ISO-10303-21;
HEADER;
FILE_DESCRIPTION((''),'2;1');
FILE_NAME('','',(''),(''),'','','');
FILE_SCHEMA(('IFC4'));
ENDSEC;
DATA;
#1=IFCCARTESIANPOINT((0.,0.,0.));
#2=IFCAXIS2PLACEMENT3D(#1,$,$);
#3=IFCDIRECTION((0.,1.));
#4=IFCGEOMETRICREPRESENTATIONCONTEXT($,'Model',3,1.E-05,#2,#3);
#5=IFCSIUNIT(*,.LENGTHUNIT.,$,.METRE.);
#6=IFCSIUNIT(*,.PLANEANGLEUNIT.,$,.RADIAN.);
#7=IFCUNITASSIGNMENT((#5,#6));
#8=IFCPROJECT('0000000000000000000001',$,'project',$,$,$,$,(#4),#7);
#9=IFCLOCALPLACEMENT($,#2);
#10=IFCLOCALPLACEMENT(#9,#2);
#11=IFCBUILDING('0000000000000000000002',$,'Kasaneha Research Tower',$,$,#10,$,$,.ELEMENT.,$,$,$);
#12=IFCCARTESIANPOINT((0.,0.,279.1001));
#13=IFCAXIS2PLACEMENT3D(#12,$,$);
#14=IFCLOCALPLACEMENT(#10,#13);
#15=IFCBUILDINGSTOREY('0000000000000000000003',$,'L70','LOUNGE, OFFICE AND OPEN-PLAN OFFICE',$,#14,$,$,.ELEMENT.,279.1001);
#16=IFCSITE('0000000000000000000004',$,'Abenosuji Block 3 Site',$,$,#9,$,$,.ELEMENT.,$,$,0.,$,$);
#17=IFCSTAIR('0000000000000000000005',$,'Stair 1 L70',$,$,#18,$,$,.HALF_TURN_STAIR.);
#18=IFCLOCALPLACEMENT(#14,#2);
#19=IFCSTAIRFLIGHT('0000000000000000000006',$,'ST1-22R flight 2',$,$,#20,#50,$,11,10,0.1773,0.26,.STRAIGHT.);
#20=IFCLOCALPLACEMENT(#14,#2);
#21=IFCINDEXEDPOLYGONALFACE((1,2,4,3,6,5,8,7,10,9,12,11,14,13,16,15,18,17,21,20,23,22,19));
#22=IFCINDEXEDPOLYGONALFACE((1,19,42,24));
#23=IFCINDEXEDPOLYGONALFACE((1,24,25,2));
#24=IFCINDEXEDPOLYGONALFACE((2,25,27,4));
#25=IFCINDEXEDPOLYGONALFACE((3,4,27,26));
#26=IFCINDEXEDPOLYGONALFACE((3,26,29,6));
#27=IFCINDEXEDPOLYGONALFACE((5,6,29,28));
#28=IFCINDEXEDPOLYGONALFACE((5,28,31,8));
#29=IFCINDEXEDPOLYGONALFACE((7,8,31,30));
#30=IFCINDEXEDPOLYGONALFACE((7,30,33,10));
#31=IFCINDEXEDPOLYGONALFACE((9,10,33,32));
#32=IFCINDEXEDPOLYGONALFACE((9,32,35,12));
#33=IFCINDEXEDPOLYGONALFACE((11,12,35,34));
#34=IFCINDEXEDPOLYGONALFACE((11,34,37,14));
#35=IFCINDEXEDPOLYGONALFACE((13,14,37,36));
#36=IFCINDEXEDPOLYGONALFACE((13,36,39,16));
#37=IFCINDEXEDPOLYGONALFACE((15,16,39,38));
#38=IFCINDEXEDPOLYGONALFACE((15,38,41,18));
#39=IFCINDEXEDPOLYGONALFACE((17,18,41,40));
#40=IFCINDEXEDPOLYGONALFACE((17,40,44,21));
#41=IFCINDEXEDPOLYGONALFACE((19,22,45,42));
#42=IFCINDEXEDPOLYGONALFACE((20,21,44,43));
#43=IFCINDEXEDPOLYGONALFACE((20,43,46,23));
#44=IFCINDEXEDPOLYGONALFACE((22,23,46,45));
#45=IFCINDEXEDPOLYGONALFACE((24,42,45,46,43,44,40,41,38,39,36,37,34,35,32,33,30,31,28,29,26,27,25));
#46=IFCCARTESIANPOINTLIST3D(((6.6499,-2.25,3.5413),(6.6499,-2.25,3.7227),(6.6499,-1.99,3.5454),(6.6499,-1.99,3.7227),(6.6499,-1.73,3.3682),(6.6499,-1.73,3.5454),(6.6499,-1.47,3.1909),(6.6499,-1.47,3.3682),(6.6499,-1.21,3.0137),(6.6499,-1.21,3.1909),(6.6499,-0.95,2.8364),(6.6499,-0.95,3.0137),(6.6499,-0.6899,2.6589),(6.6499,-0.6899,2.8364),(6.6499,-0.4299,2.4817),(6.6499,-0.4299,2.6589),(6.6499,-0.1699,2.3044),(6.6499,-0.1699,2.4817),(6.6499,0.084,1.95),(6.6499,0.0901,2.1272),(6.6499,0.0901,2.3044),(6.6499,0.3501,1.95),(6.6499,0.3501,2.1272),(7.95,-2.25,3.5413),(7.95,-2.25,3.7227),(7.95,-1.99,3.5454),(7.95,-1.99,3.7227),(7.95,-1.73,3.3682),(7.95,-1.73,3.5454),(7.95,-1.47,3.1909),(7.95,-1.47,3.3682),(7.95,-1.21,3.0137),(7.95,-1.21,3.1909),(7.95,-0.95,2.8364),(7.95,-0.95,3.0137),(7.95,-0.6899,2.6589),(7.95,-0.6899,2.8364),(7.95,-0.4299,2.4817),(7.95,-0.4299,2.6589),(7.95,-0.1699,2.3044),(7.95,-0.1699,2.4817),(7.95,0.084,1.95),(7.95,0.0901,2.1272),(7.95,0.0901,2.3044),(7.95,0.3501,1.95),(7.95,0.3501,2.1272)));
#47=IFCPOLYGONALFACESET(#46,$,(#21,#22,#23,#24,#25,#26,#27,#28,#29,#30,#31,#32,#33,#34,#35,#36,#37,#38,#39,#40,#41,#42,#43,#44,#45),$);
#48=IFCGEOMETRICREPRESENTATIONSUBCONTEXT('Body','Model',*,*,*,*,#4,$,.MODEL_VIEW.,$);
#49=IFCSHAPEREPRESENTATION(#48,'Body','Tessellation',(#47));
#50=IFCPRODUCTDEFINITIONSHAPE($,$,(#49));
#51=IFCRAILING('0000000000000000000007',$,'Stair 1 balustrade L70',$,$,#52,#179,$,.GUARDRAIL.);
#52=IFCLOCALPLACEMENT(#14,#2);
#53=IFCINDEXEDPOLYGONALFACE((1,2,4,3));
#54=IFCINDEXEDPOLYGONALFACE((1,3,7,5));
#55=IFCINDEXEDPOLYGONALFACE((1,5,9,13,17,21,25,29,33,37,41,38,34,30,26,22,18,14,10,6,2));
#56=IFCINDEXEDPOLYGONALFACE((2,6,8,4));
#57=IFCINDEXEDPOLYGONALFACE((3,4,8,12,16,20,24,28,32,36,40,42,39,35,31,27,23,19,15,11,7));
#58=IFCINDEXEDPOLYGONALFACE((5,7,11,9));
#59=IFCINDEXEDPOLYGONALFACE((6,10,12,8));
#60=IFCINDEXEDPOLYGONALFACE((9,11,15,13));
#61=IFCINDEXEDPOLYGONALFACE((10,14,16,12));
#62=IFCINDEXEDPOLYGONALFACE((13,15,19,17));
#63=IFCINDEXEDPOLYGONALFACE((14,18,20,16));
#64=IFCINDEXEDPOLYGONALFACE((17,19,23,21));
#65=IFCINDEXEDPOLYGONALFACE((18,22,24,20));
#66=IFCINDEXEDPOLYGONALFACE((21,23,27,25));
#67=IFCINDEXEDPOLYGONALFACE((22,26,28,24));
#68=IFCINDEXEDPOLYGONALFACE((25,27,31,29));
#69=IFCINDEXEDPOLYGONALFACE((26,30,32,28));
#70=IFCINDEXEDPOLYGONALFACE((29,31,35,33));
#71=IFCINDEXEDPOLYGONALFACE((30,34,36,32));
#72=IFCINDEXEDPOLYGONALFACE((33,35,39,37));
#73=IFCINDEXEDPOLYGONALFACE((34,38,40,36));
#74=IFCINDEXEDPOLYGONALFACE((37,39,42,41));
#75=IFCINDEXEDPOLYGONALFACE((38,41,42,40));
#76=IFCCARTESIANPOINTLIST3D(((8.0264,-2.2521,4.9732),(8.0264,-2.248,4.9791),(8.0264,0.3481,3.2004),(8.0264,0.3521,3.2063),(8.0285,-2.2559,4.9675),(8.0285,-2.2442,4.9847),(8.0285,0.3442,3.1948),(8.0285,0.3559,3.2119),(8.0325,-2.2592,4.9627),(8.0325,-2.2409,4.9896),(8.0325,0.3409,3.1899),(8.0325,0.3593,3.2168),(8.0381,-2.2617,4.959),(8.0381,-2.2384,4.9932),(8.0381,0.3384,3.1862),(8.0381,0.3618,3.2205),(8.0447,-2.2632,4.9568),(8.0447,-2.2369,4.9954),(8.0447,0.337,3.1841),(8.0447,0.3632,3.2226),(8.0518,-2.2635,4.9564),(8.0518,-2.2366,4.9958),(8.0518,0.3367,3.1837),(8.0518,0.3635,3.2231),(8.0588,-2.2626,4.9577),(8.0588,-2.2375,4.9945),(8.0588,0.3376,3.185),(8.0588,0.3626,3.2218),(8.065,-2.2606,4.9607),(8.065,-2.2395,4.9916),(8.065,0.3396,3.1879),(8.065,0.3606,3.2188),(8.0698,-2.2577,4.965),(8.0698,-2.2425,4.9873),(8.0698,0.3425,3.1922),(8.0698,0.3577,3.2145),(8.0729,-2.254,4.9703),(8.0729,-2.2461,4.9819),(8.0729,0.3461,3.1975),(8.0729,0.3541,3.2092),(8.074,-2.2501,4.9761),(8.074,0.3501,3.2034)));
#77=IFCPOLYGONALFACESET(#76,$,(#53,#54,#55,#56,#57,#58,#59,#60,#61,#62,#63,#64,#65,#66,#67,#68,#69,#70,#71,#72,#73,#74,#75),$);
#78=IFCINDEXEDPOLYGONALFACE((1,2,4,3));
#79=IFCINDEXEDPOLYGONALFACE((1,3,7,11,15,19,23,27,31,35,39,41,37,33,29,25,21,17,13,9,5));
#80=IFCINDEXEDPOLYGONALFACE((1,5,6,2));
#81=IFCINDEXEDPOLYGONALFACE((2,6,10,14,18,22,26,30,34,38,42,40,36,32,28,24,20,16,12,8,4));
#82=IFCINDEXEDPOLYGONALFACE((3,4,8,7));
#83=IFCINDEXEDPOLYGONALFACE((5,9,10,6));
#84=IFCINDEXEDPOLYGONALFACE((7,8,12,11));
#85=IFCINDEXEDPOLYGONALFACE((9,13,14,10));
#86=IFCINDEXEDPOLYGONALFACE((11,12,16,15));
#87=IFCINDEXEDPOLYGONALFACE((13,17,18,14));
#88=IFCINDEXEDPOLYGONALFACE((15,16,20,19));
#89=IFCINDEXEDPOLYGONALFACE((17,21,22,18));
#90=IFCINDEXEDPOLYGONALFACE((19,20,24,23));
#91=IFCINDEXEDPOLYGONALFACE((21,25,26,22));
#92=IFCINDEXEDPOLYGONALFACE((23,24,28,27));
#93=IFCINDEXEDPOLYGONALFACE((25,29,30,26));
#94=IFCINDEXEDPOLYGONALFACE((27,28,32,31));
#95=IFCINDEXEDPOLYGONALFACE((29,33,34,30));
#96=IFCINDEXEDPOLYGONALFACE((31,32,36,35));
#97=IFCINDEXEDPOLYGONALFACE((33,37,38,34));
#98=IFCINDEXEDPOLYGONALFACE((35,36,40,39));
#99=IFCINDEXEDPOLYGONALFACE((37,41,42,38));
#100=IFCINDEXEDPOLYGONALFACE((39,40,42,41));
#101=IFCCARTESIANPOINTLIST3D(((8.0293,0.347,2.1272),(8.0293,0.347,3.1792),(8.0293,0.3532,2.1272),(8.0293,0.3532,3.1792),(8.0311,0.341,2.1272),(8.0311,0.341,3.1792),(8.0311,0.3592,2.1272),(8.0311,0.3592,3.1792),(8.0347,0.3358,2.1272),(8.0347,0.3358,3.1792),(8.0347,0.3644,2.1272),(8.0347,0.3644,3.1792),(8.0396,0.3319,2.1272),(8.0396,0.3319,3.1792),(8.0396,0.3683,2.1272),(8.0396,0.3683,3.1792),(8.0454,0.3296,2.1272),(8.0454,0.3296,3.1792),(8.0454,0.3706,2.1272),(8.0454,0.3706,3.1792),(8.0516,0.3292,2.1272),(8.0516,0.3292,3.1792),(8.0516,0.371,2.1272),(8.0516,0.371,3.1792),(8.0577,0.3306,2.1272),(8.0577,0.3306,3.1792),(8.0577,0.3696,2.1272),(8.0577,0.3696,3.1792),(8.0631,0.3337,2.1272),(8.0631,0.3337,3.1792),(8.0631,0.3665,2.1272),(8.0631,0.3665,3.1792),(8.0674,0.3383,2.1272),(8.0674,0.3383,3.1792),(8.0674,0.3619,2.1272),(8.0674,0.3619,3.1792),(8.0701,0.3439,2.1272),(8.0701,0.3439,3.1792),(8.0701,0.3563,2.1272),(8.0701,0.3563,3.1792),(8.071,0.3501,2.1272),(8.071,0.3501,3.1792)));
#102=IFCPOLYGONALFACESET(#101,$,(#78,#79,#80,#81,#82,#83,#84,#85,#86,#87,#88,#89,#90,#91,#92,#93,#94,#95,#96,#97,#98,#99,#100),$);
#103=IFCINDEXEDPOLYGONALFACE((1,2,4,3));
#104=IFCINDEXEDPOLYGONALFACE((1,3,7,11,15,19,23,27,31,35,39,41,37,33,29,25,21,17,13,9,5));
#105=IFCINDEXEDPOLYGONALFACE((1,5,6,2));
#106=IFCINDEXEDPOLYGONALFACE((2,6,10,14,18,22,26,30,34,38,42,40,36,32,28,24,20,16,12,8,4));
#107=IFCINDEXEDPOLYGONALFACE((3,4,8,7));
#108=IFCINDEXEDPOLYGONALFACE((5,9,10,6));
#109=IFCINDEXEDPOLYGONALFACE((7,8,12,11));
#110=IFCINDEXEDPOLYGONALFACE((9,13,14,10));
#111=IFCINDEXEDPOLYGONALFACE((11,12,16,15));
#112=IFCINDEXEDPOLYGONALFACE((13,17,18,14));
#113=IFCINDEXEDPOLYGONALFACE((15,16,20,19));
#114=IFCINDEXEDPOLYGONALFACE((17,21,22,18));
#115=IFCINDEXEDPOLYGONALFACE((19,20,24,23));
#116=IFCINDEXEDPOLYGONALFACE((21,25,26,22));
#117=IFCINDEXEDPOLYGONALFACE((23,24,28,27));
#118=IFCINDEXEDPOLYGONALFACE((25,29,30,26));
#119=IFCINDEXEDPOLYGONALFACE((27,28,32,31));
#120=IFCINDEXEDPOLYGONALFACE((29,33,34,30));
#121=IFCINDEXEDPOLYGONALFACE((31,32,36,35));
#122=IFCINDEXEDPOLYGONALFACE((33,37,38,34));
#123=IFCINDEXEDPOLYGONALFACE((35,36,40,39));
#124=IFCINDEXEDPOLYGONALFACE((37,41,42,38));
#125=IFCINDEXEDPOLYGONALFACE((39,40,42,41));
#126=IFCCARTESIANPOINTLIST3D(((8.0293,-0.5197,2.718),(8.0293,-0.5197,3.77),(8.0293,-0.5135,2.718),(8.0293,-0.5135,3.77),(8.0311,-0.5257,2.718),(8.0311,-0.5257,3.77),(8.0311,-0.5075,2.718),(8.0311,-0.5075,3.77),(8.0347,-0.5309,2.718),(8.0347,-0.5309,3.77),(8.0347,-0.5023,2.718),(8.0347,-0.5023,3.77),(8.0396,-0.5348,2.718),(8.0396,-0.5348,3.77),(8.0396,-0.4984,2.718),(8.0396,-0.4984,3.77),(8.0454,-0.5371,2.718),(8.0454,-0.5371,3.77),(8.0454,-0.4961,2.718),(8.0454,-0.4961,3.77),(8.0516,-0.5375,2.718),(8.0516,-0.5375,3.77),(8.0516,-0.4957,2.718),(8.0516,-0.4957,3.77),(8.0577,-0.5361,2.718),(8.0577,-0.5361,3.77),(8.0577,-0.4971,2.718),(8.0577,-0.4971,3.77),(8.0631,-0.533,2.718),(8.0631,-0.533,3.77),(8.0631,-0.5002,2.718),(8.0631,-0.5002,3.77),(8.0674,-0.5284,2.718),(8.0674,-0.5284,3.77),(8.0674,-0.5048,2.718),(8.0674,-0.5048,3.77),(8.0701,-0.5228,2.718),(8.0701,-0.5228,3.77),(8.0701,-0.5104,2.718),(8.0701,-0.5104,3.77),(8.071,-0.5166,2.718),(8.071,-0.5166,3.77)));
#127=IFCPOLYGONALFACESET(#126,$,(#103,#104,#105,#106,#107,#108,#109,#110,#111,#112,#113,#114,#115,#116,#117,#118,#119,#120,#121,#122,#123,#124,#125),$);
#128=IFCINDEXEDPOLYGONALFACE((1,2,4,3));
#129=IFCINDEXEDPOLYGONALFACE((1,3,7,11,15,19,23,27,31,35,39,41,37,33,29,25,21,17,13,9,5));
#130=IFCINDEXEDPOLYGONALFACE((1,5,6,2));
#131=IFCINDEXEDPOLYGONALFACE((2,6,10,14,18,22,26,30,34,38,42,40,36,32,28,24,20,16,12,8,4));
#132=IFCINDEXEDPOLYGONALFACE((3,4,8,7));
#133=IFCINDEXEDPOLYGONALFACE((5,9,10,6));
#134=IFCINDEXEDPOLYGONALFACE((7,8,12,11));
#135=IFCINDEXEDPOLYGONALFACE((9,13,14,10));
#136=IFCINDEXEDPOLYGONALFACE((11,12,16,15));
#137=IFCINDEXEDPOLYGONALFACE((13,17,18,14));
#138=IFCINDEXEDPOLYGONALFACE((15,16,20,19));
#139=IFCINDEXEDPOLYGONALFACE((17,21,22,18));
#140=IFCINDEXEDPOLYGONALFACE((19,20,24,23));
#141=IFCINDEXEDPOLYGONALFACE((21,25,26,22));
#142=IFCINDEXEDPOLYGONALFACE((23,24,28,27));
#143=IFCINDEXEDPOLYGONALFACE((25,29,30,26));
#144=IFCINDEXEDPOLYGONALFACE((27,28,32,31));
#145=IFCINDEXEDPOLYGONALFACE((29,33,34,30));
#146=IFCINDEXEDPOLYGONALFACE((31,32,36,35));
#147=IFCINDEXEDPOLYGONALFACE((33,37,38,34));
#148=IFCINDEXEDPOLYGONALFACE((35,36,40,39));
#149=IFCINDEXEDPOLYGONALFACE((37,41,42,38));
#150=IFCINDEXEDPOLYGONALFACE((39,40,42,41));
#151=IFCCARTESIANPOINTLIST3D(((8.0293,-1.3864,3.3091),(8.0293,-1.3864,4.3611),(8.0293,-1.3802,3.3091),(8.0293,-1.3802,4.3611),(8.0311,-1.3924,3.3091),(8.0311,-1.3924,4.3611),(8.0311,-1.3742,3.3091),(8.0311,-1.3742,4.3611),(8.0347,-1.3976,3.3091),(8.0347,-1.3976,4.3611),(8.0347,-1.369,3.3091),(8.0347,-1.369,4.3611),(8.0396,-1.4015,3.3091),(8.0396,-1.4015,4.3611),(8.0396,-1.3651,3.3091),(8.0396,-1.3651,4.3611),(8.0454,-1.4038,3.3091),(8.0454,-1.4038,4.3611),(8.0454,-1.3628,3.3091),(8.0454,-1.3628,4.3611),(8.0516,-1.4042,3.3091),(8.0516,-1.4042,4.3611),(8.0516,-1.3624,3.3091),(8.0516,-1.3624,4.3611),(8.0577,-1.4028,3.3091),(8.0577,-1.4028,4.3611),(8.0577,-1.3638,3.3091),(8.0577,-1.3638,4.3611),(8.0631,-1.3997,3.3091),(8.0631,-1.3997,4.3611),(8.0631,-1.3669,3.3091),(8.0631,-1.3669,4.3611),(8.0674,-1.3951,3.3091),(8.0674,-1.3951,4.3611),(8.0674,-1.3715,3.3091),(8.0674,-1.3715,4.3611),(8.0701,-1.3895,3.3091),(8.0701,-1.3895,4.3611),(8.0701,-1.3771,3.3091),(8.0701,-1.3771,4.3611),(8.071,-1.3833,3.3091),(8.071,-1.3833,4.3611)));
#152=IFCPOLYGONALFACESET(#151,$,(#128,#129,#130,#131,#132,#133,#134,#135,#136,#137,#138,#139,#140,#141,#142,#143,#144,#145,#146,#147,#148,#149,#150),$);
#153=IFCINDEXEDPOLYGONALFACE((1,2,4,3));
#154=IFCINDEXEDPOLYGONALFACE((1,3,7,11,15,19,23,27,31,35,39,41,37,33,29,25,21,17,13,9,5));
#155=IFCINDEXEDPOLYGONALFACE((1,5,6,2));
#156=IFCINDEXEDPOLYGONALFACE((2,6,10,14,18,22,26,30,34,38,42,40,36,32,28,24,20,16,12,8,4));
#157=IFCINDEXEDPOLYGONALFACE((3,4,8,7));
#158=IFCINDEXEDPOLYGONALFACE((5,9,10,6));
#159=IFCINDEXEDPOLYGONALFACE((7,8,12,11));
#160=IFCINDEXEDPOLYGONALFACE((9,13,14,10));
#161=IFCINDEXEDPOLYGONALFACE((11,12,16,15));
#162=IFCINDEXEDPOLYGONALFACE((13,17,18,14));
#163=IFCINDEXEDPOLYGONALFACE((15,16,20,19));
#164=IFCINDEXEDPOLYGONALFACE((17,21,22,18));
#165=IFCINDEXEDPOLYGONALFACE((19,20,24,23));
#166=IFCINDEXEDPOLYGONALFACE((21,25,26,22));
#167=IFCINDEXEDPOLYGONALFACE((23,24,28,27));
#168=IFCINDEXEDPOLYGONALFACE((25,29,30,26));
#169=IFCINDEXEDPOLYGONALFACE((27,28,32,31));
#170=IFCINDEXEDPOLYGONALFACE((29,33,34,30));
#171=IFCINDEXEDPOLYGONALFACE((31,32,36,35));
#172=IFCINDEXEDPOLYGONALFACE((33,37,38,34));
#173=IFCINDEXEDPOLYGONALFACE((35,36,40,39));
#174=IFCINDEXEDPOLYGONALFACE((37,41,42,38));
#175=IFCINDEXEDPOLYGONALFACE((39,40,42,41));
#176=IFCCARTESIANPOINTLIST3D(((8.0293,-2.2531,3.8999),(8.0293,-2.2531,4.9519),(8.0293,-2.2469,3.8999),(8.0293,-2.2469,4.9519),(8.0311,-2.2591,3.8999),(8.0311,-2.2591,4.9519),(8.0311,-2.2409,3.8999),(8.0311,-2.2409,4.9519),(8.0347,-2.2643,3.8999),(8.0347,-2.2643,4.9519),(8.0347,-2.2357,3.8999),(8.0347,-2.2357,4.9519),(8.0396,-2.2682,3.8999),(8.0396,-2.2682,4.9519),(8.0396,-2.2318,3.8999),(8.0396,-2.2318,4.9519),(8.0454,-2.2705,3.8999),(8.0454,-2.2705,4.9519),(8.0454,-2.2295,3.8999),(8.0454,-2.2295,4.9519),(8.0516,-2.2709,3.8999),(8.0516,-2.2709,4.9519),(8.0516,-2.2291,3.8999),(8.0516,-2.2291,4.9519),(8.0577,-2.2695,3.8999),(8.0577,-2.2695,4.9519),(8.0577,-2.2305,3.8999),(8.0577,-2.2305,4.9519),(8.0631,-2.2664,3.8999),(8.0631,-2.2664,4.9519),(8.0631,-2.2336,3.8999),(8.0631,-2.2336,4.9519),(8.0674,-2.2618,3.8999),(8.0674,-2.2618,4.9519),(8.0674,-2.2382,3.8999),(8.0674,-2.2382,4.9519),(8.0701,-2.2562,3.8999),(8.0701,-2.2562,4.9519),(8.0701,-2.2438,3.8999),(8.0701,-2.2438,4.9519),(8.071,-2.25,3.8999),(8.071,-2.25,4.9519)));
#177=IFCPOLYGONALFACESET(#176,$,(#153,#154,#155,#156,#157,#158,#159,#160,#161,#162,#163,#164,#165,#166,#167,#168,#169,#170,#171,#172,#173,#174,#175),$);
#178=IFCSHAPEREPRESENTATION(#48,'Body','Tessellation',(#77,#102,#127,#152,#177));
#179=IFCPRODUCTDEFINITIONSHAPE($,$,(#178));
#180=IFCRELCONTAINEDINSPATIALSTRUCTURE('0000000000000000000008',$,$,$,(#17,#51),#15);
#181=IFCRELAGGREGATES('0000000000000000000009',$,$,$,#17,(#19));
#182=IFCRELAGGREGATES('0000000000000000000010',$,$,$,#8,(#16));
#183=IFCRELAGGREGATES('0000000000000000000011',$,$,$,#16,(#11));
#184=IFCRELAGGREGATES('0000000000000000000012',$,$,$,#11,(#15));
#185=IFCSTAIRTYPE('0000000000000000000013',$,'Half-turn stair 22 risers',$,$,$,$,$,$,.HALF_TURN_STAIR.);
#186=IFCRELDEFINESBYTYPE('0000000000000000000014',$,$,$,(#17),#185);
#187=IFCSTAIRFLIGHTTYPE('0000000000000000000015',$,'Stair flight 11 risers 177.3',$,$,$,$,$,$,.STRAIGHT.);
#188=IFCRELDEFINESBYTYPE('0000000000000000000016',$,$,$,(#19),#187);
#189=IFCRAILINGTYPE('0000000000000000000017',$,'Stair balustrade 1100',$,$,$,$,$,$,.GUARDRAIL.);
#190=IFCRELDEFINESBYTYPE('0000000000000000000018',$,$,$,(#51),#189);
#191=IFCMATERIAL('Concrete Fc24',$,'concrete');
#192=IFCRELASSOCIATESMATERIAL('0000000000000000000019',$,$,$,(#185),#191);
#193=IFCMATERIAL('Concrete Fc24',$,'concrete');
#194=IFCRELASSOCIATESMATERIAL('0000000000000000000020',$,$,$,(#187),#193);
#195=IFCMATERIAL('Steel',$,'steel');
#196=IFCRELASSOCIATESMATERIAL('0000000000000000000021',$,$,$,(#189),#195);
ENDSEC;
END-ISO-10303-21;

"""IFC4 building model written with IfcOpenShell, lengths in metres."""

from ifc_helpers import new_model, si_unit, direction, frame, origin, origin_2d, place, context, subcontext, project, spatial, polyline, circle, outline, extrude, material, type_object, element, aggregate, save


model = new_model("IFC4")

# Units and contexts
model_context = context("Model", 3, precision=1e-05, world=origin(), true_north=direction((0.0, 1.0)))
body_context = subcontext(model_context, "Body", "Model", "MODEL_VIEW")
ifc_project = project(units=[si_unit("LENGTHUNIT", "METRE"), si_unit("PLANEANGLEUNIT", "RADIAN")], contexts=[model_context])

# Site, building, storey
site_placement = place(None, origin())
site = spatial("IfcSite", under=ifc_project, at=site_placement, Name="Abenosuji Block 3 Site", CompositionType="ELEMENT", RefElevation=0.0)
building_placement = place(site_placement, origin())
building = spatial("IfcBuilding", under=site, at=building_placement, Name="Kasaneha Research Tower", CompositionType="ELEMENT")
storey_placement = place(building_placement, frame((0.0, 0.0, 279.1001)))
storey = spatial("IfcBuildingStorey", under=building, at=storey_placement, Name="L70", Description="LOUNGE, OFFICE AND OPEN-PLAN OFFICE", CompositionType="ELEMENT", Elevation=279.1001)

# Shared definitions
ifc_material_1 = material(Name="Concrete Fc24", Category="concrete")
stair_type = type_object("IfcStairType", Name="Half-turn stair 22 risers", PredefinedType="HALF_TURN_STAIR", material=ifc_material_1)

# Stair, stair flight
stair_1_placement = place(storey_placement, origin())
stair_1 = element("IfcStair", 1, at=stair_1_placement, inside=storey, type_object=stair_type, Name="Stair 1 L70", PredefinedType="HALF_TURN_STAIR")
ifc_material_2 = material(Name="Concrete Fc24", Category="concrete")
stair_flight_type = type_object("IfcStairFlightType", Name="Stair flight 11 risers 177.3", PredefinedType="STRAIGHT", material=ifc_material_2)
stair_flight_placement = place(storey_placement, frame((7.3, 0.3501, 1.95), z_axis=(0.0, 0.0, 1.0), x_axis=(0.0, -1.0, 0.0)))
stair_flight = element("IfcStairFlight", 2, at=stair_flight_placement, type_object=stair_flight_type, Name="ST1-22R flight 2", NumberOfRisers=11, NumberOfTreads=10, PredefinedType="STRAIGHT", RiserHeight=0.1773, TreadLength=0.26, context=body_context, shape_type="SweptSolid", body=[
    extrude(outline(polyline([(0.0, 0.0), (0.0, 0.1772), (0.26, 0.1772), (0.26, 0.3545), (0.52, 0.3545), (0.52, 0.5317), (0.78, 0.5317), (0.78, 0.709), (1.04, 0.709), (1.04, 0.8865), (1.3, 0.8865), (1.3, 1.0637), (1.5601, 1.0637), (1.5601, 1.241), (1.8201, 1.241), (1.8201, 1.4182), (2.0801, 1.4182), (2.0801, 1.5955), (2.3401, 1.5955), (2.3401, 1.7727), (2.6001, 1.7727), (2.6001, 1.95), (2.6001, 1.5913), (0.2661, 0.0), (0.0, 0.0)])), frame((0.0, 0.6499, 0.0), z_axis=(0.0, -1.0, 0.0), x_axis=(1.0, 0.0, 0.0)), (0.0, 0.0, 1.0), 1.3),
])
aggregate(stair_1, [stair_flight])

# Railing
ifc_material_3 = material(Name="Steel", Category="steel")
railing_type_1 = type_object("IfcRailingType", Name="Stair balustrade 1100", PredefinedType="GUARDRAIL", material=ifc_material_3)
railing_1_placement = place(storey_placement, frame((8.05, 0.3501, 2.1272)))
element("IfcRailing", 3, at=railing_1_placement, inside=storey, type_object=railing_type_1, Name="Stair 1 balustrade L70", PredefinedType="GUARDRAIL", context=body_context, shape_type="SweptSolid", body=[
    extrude(circle(Radius=0.0239, at=origin_2d()), frame((0.0, 0.0, 1.0762), z_axis=(0.0, -0.82624, 0.563318), x_axis=(1.0, 0.0, 0.0)), (0.0, 0.0, 1.0), 3.147),
    extrude(circle(Radius=0.021, at=origin_2d()), origin(), (0.0, 0.0, 1.0), 1.052),
    extrude(circle(Radius=0.021, at=origin_2d()), frame((0.0, -0.8667, 0.5908)), (0.0, 0.0, 1.0), 1.052),
    extrude(circle(Radius=0.021, at=origin_2d()), frame((0.0, -1.7334, 1.1819)), (0.0, 0.0, 1.0), 1.052),
    extrude(circle(Radius=0.021, at=origin_2d()), frame((0.0, -2.6001, 1.7727)), (0.0, 0.0, 1.0), 1.052),
])

save(model, "model.ifc")
